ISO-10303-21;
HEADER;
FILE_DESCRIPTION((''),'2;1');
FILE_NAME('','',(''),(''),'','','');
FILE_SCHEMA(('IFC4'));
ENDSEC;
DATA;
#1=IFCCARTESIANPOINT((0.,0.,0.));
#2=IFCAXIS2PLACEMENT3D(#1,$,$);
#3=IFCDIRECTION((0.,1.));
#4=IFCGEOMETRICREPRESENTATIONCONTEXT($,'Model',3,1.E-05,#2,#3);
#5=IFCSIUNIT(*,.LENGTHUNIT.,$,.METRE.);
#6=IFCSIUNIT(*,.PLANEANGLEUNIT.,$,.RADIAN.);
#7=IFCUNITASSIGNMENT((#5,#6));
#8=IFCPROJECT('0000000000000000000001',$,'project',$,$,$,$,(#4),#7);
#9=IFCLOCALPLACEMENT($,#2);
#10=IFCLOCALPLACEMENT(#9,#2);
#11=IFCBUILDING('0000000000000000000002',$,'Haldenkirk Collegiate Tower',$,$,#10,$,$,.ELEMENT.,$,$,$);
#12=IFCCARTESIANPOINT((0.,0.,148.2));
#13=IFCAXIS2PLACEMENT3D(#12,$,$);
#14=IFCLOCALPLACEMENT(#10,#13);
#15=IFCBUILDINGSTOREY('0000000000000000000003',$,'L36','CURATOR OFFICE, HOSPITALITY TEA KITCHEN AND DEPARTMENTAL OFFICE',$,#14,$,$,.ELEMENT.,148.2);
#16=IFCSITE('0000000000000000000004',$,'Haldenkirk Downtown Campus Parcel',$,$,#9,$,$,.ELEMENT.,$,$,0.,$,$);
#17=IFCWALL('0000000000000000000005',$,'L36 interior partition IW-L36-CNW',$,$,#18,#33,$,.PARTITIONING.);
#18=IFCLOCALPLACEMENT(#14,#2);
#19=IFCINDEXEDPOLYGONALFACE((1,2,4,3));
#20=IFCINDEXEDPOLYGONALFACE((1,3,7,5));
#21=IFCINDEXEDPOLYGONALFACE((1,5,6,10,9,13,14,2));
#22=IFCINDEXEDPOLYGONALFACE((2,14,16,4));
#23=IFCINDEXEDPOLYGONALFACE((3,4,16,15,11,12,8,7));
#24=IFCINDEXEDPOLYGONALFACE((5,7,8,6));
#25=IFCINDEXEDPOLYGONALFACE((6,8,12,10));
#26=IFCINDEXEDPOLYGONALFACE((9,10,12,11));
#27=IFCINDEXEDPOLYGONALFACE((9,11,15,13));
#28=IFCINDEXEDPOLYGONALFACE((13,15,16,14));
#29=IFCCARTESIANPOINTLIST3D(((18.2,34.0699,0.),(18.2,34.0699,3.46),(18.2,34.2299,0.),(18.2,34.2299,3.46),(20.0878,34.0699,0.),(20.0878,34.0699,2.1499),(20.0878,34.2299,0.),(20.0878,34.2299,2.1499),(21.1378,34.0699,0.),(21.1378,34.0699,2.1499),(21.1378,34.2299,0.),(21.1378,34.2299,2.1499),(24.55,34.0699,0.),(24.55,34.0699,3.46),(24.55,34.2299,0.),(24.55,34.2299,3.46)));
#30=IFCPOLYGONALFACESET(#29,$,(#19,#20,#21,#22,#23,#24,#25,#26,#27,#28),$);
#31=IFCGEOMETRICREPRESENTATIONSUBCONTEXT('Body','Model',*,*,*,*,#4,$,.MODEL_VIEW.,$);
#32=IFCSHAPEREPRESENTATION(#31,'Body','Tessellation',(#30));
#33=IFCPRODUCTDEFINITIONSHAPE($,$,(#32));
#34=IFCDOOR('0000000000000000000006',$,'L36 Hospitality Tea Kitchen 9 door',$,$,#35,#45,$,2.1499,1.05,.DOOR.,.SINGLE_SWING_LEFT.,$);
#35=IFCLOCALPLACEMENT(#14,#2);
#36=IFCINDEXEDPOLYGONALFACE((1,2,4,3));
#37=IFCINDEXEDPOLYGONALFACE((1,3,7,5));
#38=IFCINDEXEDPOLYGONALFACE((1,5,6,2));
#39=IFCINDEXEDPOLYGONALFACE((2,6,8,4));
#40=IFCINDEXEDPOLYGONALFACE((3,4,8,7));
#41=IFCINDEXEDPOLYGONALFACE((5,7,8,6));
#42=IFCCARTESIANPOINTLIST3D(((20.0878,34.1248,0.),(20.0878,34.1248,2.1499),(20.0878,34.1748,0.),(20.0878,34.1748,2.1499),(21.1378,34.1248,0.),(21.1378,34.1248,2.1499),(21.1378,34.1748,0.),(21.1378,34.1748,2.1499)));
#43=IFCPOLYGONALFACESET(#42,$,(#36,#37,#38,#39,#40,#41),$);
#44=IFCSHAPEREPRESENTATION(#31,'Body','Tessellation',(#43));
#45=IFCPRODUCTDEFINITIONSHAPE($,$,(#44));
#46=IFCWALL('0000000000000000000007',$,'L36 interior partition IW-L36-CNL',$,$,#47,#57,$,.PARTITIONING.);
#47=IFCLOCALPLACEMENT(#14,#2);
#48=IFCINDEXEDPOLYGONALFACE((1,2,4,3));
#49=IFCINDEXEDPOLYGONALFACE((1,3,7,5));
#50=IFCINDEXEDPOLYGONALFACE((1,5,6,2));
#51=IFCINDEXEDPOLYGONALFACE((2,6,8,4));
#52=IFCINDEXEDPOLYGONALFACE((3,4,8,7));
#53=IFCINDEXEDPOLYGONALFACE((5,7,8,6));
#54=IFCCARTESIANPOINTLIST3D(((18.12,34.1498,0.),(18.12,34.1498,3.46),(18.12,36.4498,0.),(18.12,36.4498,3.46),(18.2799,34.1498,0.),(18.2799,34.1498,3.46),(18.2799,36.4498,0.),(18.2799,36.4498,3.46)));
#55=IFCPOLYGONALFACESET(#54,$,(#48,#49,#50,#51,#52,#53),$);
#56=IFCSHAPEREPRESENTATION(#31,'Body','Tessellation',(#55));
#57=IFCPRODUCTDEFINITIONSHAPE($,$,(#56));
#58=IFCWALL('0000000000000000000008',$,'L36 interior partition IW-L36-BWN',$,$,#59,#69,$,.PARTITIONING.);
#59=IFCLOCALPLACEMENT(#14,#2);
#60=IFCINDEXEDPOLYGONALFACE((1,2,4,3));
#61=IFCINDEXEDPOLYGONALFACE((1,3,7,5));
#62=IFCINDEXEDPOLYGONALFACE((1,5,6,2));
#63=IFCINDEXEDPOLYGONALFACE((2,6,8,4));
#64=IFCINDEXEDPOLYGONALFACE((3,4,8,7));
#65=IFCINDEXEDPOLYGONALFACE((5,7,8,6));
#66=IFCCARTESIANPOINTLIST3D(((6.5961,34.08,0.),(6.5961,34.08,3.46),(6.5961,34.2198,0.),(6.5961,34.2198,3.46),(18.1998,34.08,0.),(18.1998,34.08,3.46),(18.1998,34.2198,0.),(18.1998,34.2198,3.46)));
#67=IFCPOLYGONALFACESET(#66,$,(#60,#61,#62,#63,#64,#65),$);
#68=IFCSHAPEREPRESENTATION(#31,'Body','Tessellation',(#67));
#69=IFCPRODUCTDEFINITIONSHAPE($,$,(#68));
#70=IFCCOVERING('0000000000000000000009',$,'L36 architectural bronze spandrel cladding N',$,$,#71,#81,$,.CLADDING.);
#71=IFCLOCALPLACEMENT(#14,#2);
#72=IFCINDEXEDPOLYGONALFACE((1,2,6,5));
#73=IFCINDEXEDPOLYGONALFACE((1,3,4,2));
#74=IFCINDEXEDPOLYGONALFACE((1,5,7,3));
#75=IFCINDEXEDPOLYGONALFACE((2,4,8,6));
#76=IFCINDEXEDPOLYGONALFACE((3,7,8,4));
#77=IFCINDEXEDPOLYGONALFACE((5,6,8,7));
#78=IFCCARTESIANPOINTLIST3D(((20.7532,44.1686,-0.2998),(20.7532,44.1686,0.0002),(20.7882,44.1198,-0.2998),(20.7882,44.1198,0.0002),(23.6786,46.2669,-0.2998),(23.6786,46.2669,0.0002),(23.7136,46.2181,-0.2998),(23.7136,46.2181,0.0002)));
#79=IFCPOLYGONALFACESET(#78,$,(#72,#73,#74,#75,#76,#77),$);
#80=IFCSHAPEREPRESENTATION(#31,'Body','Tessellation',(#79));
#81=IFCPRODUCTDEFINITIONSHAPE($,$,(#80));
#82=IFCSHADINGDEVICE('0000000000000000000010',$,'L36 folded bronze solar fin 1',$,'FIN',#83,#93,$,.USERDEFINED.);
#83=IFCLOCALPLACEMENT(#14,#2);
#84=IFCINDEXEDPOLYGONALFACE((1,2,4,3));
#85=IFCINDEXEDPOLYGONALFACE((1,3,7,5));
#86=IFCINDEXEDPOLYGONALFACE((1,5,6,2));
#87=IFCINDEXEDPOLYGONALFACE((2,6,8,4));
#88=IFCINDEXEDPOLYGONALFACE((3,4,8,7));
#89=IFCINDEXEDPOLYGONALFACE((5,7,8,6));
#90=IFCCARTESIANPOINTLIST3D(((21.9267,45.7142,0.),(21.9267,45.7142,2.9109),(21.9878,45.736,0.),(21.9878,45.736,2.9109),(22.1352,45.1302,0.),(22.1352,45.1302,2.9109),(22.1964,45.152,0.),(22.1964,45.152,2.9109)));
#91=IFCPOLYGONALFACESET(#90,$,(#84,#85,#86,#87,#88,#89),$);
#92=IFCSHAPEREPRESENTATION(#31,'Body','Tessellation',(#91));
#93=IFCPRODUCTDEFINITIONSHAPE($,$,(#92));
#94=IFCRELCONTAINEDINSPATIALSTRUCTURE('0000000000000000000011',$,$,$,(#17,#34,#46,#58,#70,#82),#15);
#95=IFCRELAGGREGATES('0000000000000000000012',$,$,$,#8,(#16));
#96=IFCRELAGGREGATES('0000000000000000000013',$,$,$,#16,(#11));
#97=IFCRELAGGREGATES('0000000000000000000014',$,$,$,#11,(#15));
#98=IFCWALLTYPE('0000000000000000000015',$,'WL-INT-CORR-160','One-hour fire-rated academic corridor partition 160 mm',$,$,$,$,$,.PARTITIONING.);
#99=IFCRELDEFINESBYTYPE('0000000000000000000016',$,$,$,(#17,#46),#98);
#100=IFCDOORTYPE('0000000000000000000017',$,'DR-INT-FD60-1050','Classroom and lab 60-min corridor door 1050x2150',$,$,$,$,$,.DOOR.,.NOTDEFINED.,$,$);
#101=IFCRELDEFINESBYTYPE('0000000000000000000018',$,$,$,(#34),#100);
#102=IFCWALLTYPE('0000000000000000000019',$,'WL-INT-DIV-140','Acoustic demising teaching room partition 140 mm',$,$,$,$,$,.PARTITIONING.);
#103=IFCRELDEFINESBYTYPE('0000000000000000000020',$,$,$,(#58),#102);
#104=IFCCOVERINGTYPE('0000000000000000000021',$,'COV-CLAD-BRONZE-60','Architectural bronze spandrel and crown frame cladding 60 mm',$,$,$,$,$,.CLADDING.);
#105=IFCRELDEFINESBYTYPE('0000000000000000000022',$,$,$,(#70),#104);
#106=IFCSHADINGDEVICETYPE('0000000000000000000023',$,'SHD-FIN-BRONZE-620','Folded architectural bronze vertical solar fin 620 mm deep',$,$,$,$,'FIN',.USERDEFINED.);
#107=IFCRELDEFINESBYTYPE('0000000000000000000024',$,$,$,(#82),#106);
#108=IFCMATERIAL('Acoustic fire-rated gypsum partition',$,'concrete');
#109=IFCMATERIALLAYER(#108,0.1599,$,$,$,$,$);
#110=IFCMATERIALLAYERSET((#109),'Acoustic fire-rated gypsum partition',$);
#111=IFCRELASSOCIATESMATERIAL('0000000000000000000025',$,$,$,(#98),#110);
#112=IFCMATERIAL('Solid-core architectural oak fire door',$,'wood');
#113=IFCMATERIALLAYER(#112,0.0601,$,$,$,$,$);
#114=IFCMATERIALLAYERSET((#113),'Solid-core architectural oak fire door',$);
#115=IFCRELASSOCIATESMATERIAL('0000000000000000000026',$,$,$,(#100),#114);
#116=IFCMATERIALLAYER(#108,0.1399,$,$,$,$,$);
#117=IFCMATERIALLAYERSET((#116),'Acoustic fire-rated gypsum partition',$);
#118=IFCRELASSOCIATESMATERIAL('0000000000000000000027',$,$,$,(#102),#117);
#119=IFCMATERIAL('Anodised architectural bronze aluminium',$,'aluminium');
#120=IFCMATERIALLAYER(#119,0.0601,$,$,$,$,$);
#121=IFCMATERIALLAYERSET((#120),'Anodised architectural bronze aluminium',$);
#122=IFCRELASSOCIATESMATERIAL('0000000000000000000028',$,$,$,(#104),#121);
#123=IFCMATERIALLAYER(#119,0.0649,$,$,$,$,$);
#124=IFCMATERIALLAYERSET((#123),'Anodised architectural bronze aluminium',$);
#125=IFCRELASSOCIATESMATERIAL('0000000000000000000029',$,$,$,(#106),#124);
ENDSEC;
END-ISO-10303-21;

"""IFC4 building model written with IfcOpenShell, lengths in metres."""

from ifc_helpers import new_model, si_unit, direction, frame, frame_2d, origin, origin_2d, place, context, subcontext, project, spatial, rectangle, extrude, source, transform, mapped, material, layer, layer_set, type_object, element, fill, save


model = new_model("IFC4")

# Units and contexts
model_context = context("Model", 3, precision=1e-05, world=origin(), true_north=direction((0.0, 1.0)))
body_context = subcontext(model_context, "Body", "Model", "MODEL_VIEW")
ifc_project = project(units=[si_unit("LENGTHUNIT", "METRE"), si_unit("PLANEANGLEUNIT", "RADIAN")], contexts=[model_context])

# Site, building, storey
site_placement = place(None, origin())
site = spatial("IfcSite", under=ifc_project, at=site_placement, Name="Haldenkirk Downtown Campus Parcel", CompositionType="ELEMENT", RefElevation=0.0)
building_placement = place(site_placement, origin())
building = spatial("IfcBuilding", under=site, at=building_placement, Name="Haldenkirk Collegiate Tower", CompositionType="ELEMENT")
storey_placement = place(building_placement, frame((0.0, 0.0, 148.2)))
storey = spatial("IfcBuildingStorey", under=building, at=storey_placement, Name="L36", Description="CURATOR OFFICE, HOSPITALITY TEA KITCHEN AND DEPARTMENTAL OFFICE", CompositionType="ELEMENT", Elevation=148.2)

# Shared definitions
ifc_material_1 = material(Name="Anodised architectural bronze aluminium", Category="aluminium")

# Shared definitions
ifc_material_2 = material(Name="Acoustic fire-rated gypsum partition", Category="concrete")
ifc_layer_1 = layer(ifc_material_2, 0.1599)
ifc_layer_set_1 = layer_set([ifc_layer_1], Name="Acoustic fire-rated gypsum partition")
wall_type_1 = type_object("IfcWallType", Name="WL-INT-CORR-160", Description="One-hour fire-rated academic corridor partition 160 mm", PredefinedType="PARTITIONING", material=ifc_layer_set_1)
ifc_material_3 = material(Name="Solid-core architectural oak fire door", Category="wood")
ifc_layer_2 = layer(ifc_material_3, 0.0601)
ifc_layer_set_2 = layer_set([ifc_layer_2], Name="Solid-core architectural oak fire door")
door_type_1 = type_object("IfcDoorType", Name="DR-INT-FD60-1050", Description="Classroom and lab 60-min corridor door 1050x2150", OperationType="NOTDEFINED", PredefinedType="DOOR", material=ifc_layer_set_2)

# Wall, opening, door
wall_1_placement = place(storey_placement, frame((18.2, 34.1499, 0.0), z_axis=(0.0, 0.0, 1.0), x_axis=(1.0, 0.0, 0.0)))
wall_1 = element("IfcWall", 1, at=wall_1_placement, inside=storey, type_object=wall_type_1, Name="L36 interior partition IW-L36-CNW", PredefinedType="PARTITIONING", context=body_context, shape_type="SweptSolid", body=[
    extrude(rectangle(XDim=6.3501, YDim=0.1599, at=frame_2d((3.175, 0.0))), origin(), (0.0, 0.0, 1.0), 3.46),
])
opening_1_placement = place(wall_1_placement, frame((1.8879, 0.0, 0.0)))
opening_1 = element("IfcOpeningElement", 2, at=opening_1_placement, cuts=wall_1, PredefinedType="OPENING", context=body_context, shape_type="SweptSolid", body=[
    extrude(rectangle(XDim=1.05, YDim=2.1499, at=frame_2d((0.5249, 1.075))), frame((0.0, 0.0898, 0.0), z_axis=(0.0, -1.0, 0.0), x_axis=(1.0, 0.0, 0.0)), (0.0, 0.0, 1.0), 0.1799),
])
door_1_placement = place(opening_1_placement, origin())
door_1 = element("IfcDoor", 3, at=door_1_placement, inside=storey, type_object=door_type_1, Name="L36 Hospitality Tea Kitchen 9 door", OperationType="SINGLE_SWING_LEFT", OverallHeight=2.1499, OverallWidth=1.05, PredefinedType="DOOR", context=body_context, shape_type="SweptSolid", body=[
    extrude(rectangle(XDim=1.05, YDim=2.1499, at=frame_2d((0.5249, 1.075))), frame((0.0, 0.0249, 0.0), z_axis=(0.0, -1.0, 0.0), x_axis=(1.0, 0.0, 0.0)), (0.0, 0.0, 1.0), 0.05),
])
fill(opening_1, door_1)

# Walls
wall_2_placement = place(storey_placement, frame((18.2, 34.1499, 0.0), z_axis=(0.0, 0.0, 1.0), x_axis=(0.0, 1.0, 0.0)))
element("IfcWall", 4, at=wall_2_placement, inside=storey, type_object=wall_type_1, Name="L36 interior partition IW-L36-CNL", PredefinedType="PARTITIONING", context=body_context, shape_type="SweptSolid", body=[
    extrude(rectangle(XDim=2.3, YDim=0.1599, at=frame_2d((1.1499, 0.0))), origin(), (0.0, 0.0, 1.0), 3.46),
])
ifc_layer_3 = layer(ifc_material_2, 0.1399)
ifc_layer_set_3 = layer_set([ifc_layer_3], Name="Acoustic fire-rated gypsum partition")
wall_type_2 = type_object("IfcWallType", Name="WL-INT-DIV-140", Description="Acoustic demising teaching room partition 140 mm", PredefinedType="PARTITIONING", material=ifc_layer_set_3)
wall_3_placement = place(storey_placement, frame((6.5962, 34.1499, 0.0), z_axis=(0.0, 0.0, 1.0), x_axis=(1.0, 0.0, 0.0)))
element("IfcWall", 5, at=wall_3_placement, inside=storey, type_object=wall_type_2, Name="L36 interior partition IW-L36-BWN", PredefinedType="PARTITIONING", context=body_context, shape_type="SweptSolid", body=[
    extrude(rectangle(XDim=11.6038, YDim=0.1399, at=frame_2d((5.8018, 0.0))), origin(), (0.0, 0.0, 1.0), 3.46),
])

# Covering
ifc_layer_4 = layer(ifc_material_1, 0.0601)
ifc_layer_set_4 = layer_set([ifc_layer_4], Name="Anodised architectural bronze aluminium")
covering_type = type_object("IfcCoveringType", Name="COV-CLAD-BRONZE-60", Description="Architectural bronze spandrel and crown frame cladding 60 mm", PredefinedType="CLADDING", material=ifc_layer_set_4)
shared_shape_1 = source(origin(), body_context, "Body", "SweptSolid", [
    extrude(rectangle(XDim=3.6001, YDim=0.0601, at=origin_2d()), origin(), (0.0, 0.0, 1.0), 0.3),
])
covering_placement = place(storey_placement, frame((22.2334, 45.1934, -0.2998), z_axis=(0.0, 0.0, 1.0), x_axis=(0.812592, 0.582832, 0.0)))
element("IfcCovering", 6, at=covering_placement, inside=storey, type_object=covering_type, Name="L36 architectural bronze spandrel cladding N", PredefinedType="CLADDING", context=body_context, shape_type="MappedRepresentation", body=[
    mapped(shared_shape_1, transform((0.0, 0.0, 0.0), x_axis=(1.0, 0.0, 0.0), y_axis=(0.0, 1.0, 0.0), z_axis=(0.0, 0.0, 1.0), scale=1.0)),
])

# Shading device
ifc_layer_5 = layer(ifc_material_1, 0.0649)
ifc_layer_set_5 = layer_set([ifc_layer_5], Name="Anodised architectural bronze aluminium")
shading_device_type = type_object("IfcShadingDeviceType", Name="SHD-FIN-BRONZE-620", Description="Folded architectural bronze vertical solar fin 620 mm deep", ElementType="FIN", PredefinedType="USERDEFINED", material=ifc_layer_set_5)
shared_shape_2 = source(origin(), body_context, "Body", "SweptSolid", [
    extrude(rectangle(XDim=0.6201, YDim=0.0649, at=origin_2d()), origin(), (0.0, 0.0, 1.0), 2.9109),
])
shading_device_placement = place(storey_placement, frame((22.0615, 45.4331, 0.0), z_axis=(0.0, 0.0, 1.0), x_axis=(-0.336274, 0.941764, 0.0)))
element("IfcShadingDevice", 7, at=shading_device_placement, inside=storey, type_object=shading_device_type, Name="L36 folded bronze solar fin 1", ObjectType="FIN", PredefinedType="USERDEFINED", context=body_context, shape_type="MappedRepresentation", body=[
    mapped(shared_shape_2, transform((0.0, 0.0, 0.0), x_axis=(1.0, 0.0, 0.0), y_axis=(0.0, 1.0, 0.0), z_axis=(0.0, 0.0, 1.0), scale=1.0)),
])

save(model, "model.ifc")
